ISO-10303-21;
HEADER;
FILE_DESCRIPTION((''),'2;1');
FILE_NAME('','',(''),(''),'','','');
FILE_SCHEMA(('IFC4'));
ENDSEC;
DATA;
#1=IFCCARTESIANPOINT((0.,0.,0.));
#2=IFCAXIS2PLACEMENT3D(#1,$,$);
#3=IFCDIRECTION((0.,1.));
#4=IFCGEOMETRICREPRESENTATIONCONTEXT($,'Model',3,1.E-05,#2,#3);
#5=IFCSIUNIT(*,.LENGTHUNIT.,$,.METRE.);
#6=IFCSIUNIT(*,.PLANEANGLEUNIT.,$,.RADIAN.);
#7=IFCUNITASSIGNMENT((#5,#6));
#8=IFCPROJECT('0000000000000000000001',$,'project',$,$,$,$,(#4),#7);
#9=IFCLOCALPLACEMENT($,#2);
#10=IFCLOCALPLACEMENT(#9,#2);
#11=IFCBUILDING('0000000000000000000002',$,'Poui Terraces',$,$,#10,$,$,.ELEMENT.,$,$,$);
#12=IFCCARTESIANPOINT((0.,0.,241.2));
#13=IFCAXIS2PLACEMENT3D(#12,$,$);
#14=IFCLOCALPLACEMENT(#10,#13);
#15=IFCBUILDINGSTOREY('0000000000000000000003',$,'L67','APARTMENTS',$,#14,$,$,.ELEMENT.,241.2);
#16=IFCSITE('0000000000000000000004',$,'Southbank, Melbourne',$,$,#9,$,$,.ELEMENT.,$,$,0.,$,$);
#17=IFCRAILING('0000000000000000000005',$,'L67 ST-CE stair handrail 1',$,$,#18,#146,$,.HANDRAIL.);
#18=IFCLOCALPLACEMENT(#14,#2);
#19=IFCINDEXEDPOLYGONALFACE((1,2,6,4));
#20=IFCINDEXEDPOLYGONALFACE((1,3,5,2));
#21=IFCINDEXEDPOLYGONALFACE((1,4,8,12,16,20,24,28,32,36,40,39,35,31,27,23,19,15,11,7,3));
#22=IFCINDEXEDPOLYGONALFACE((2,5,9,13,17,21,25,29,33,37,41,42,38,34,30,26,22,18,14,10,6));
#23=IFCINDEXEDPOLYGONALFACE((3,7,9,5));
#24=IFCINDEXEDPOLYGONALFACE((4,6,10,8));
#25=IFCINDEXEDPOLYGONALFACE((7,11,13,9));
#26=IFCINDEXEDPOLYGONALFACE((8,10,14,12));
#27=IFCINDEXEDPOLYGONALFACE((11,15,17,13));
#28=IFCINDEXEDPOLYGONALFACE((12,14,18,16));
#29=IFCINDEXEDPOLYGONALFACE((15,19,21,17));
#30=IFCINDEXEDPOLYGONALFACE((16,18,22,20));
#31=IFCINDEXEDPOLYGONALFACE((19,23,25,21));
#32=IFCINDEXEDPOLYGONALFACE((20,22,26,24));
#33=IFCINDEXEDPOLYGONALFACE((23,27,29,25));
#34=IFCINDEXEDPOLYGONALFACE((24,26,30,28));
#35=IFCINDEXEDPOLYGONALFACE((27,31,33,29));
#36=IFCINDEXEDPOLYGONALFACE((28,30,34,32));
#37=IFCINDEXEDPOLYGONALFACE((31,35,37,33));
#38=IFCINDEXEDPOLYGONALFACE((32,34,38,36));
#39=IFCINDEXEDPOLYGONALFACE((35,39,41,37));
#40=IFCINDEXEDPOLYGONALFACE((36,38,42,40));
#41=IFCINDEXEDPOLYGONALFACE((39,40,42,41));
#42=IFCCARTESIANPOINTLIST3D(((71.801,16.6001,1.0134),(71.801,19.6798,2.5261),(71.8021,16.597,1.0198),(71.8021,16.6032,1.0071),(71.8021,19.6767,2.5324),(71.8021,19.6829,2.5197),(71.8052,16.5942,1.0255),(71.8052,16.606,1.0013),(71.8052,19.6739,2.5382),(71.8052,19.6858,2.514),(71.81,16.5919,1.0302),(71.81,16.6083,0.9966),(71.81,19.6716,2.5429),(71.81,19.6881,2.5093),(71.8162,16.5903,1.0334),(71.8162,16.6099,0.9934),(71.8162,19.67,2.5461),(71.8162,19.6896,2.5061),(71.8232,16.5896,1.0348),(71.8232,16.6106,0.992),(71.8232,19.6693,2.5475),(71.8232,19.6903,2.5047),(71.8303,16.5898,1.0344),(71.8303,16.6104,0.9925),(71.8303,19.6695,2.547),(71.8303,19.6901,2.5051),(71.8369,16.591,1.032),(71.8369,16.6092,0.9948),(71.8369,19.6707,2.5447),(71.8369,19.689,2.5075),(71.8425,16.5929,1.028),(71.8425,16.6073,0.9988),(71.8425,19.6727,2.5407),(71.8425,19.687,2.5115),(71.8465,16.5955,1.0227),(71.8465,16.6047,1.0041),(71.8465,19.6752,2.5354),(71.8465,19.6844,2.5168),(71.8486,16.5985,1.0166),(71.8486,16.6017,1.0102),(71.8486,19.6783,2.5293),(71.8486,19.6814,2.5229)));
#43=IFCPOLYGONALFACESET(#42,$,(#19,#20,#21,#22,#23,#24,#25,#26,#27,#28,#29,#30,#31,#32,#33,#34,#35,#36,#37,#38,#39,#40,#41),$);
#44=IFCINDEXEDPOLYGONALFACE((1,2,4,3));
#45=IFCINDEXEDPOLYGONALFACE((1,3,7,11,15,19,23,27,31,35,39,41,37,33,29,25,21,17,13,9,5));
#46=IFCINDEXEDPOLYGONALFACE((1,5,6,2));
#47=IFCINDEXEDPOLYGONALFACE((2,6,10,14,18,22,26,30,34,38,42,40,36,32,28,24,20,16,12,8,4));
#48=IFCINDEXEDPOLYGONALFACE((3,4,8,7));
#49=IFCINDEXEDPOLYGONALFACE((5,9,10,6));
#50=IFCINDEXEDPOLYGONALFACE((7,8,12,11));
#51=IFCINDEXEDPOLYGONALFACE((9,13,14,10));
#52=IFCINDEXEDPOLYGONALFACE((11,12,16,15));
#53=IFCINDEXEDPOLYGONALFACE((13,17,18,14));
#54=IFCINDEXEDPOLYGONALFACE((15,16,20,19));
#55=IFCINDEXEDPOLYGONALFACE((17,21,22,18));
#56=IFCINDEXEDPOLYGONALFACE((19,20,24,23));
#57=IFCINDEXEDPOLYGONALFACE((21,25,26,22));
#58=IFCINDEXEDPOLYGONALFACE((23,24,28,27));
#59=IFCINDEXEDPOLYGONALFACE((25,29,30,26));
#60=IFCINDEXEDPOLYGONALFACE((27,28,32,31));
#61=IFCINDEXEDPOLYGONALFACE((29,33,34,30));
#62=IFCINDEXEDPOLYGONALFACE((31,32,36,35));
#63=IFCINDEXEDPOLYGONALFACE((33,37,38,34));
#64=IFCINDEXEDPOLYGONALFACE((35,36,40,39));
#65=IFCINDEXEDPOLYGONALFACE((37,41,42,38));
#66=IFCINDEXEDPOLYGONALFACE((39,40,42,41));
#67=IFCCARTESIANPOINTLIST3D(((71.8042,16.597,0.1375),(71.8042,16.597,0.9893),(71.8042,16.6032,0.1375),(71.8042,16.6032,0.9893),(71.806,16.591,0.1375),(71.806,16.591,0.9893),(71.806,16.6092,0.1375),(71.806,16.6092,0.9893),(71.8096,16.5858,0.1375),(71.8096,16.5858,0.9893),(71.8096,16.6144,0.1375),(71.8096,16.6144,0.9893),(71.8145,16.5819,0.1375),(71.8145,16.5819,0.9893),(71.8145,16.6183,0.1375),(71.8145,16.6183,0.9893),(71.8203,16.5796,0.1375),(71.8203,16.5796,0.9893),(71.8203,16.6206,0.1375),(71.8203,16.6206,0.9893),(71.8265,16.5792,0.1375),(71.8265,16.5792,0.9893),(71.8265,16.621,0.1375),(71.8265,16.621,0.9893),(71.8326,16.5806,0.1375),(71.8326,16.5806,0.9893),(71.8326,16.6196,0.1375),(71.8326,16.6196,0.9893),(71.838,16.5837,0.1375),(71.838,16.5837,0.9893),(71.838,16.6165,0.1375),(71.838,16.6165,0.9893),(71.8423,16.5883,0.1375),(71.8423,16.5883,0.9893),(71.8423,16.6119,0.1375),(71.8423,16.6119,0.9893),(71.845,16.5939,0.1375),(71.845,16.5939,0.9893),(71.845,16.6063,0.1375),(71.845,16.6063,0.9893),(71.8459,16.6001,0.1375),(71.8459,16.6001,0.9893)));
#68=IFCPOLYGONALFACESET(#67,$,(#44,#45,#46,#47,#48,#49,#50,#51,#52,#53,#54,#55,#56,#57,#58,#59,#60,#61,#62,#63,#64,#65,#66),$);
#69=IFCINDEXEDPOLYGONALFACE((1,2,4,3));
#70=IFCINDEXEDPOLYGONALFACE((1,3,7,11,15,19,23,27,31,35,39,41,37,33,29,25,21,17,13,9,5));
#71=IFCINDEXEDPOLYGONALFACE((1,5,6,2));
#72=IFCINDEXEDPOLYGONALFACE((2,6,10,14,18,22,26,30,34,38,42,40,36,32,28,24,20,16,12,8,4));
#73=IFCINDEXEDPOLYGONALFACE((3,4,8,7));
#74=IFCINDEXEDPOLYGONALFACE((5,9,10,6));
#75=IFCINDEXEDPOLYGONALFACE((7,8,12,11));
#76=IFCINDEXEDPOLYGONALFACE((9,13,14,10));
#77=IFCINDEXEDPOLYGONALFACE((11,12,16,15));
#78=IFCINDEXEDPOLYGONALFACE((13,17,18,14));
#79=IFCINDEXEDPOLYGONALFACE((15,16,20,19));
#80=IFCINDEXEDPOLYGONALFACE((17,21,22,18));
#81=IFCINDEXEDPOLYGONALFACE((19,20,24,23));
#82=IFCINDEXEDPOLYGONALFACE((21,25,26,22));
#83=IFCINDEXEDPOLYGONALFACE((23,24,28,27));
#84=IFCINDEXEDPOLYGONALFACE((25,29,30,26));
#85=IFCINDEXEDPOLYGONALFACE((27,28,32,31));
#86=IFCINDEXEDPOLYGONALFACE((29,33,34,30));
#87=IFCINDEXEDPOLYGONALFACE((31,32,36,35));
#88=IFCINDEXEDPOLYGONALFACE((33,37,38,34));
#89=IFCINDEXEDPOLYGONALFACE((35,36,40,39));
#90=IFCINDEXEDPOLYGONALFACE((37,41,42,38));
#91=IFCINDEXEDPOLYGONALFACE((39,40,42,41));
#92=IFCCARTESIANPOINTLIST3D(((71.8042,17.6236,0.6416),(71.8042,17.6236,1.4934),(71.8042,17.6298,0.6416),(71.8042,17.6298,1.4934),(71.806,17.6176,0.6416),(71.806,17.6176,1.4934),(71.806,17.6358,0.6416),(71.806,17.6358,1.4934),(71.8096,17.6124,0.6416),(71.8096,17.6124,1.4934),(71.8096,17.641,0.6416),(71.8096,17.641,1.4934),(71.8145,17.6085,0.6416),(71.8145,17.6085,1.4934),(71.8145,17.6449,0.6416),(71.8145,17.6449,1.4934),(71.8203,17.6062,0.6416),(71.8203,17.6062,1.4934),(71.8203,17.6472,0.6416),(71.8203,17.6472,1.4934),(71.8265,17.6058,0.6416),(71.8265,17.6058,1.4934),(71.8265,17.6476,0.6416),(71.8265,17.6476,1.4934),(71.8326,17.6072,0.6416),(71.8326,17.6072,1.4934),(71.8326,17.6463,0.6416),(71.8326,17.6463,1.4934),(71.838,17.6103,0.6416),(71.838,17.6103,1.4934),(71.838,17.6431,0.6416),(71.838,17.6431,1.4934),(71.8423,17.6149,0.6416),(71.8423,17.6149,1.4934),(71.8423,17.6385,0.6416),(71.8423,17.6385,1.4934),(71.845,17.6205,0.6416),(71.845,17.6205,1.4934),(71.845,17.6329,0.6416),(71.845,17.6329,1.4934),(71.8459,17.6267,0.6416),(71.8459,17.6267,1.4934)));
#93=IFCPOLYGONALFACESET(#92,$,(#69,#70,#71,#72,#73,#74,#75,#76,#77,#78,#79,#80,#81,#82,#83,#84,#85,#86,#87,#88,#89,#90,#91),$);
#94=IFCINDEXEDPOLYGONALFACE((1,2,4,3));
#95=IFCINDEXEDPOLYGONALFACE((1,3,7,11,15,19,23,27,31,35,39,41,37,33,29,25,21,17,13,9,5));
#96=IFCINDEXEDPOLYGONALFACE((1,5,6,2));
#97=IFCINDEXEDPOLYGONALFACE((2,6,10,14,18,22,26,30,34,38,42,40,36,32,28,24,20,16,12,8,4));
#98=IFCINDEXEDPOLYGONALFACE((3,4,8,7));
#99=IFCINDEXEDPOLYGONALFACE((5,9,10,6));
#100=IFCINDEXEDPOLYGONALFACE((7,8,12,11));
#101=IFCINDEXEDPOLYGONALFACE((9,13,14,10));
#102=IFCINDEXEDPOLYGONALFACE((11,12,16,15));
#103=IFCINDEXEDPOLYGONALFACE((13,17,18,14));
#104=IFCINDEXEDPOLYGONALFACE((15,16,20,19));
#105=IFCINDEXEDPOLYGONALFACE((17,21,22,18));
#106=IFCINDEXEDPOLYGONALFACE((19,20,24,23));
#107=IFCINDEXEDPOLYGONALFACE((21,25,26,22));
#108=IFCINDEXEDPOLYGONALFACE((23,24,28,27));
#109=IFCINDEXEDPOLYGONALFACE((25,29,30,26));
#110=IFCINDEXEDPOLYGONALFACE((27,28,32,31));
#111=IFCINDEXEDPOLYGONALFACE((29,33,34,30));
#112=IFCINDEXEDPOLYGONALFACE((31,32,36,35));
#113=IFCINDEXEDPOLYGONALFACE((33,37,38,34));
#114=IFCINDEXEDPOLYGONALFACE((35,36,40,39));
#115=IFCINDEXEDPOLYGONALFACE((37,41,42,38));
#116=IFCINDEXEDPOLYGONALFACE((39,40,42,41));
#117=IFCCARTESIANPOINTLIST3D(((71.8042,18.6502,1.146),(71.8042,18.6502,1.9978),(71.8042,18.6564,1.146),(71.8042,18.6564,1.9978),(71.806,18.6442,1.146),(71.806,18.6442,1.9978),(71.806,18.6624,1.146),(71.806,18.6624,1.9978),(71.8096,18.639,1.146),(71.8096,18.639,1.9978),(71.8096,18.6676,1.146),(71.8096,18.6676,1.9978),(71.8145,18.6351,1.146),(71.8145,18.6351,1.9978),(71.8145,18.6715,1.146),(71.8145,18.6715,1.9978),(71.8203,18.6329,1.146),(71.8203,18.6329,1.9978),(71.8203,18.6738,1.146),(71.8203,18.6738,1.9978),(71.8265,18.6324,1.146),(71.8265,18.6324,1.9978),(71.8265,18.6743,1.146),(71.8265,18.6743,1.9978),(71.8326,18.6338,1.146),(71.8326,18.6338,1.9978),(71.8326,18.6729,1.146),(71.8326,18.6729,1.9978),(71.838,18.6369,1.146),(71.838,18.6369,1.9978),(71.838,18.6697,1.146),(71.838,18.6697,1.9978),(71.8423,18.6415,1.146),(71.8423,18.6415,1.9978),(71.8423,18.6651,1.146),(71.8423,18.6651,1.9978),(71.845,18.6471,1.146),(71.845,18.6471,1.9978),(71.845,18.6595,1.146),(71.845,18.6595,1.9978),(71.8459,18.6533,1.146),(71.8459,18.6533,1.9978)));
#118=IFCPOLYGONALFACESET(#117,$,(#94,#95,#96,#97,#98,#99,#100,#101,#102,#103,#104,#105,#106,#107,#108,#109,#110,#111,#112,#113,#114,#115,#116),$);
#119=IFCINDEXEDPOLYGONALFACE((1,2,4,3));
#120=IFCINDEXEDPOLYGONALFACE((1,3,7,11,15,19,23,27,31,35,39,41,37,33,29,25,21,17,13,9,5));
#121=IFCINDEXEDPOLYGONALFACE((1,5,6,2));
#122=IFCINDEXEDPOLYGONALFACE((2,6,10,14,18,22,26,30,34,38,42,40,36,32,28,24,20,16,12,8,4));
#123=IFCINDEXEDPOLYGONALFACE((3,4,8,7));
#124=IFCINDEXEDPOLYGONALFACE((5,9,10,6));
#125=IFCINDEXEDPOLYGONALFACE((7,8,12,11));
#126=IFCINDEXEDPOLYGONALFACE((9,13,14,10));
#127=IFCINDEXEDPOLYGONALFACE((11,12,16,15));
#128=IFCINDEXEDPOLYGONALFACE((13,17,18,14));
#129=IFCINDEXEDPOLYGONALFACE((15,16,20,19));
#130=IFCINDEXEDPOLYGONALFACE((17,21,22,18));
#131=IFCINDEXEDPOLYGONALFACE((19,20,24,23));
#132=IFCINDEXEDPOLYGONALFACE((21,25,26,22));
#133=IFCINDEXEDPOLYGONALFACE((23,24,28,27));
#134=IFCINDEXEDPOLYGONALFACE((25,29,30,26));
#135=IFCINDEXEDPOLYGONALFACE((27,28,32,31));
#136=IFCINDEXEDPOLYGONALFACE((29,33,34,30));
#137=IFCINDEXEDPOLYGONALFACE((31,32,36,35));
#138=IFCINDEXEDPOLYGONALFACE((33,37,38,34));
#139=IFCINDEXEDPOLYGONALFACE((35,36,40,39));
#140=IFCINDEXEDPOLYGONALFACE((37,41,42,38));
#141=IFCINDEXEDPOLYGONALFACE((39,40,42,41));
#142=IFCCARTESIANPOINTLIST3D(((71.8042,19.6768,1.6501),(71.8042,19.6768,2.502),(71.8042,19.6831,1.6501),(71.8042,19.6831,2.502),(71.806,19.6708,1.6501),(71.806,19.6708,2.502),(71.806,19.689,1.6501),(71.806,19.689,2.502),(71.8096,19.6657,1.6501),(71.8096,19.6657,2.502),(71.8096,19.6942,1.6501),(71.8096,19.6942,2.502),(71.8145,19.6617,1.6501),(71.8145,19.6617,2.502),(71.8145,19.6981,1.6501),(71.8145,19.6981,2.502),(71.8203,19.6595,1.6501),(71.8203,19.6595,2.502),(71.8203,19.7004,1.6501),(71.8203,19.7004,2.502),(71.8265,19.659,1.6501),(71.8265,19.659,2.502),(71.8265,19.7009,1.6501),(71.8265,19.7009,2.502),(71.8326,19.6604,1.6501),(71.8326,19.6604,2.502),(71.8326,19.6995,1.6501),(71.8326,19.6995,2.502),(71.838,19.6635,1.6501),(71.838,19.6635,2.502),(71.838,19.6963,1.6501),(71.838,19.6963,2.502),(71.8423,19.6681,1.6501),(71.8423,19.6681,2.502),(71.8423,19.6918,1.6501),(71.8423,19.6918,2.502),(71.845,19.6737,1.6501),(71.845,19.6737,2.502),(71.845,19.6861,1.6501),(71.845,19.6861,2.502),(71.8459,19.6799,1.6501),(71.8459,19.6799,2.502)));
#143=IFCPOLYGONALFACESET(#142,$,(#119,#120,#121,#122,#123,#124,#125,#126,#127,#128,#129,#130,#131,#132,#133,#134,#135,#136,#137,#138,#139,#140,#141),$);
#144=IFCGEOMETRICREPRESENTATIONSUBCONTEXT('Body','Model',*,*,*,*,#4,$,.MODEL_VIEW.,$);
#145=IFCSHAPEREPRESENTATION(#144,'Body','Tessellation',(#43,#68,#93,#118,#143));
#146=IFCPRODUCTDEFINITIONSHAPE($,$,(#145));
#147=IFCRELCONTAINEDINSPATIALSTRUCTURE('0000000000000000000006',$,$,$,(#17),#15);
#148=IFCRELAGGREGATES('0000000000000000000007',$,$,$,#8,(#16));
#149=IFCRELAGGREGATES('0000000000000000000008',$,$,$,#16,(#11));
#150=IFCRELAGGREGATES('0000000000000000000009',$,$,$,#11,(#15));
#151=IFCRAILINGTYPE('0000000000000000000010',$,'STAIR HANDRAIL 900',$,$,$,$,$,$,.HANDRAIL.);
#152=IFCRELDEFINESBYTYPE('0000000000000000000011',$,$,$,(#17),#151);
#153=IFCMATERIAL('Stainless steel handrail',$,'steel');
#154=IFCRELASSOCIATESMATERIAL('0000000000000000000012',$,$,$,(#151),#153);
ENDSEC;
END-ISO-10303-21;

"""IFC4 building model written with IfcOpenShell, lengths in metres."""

from ifc_helpers import new_model, si_unit, direction, frame, origin, origin_2d, place, context, subcontext, project, spatial, circle, extrude, material, type_object, element, save


model = new_model("IFC4")

# Units and contexts
model_context = context("Model", 3, precision=1e-05, world=origin(), true_north=direction((0.0, 1.0)))
body_context = subcontext(model_context, "Body", "Model", "MODEL_VIEW")
ifc_project = project(units=[si_unit("LENGTHUNIT", "METRE"), si_unit("PLANEANGLEUNIT", "RADIAN")], contexts=[model_context])

# Site, building, storey
site_placement = place(None, origin())
site = spatial("IfcSite", under=ifc_project, at=site_placement, Name="Southbank, Melbourne", CompositionType="ELEMENT", RefElevation=0.0)
building_placement = place(site_placement, origin())
building = spatial("IfcBuilding", under=site, at=building_placement, Name="Poui Terraces", CompositionType="ELEMENT")
storey_placement = place(building_placement, frame((0.0, 0.0, 241.2)))
storey = spatial("IfcBuildingStorey", under=building, at=storey_placement, Name="L67", Description="APARTMENTS", CompositionType="ELEMENT", Elevation=241.2)

# Railing
ifc_material_1 = material(Name="Stainless steel handrail", Category="steel")
railing_type_1 = type_object("IfcRailingType", Name="STAIR HANDRAIL 900", PredefinedType="HANDRAIL", material=ifc_material_1)
railing_1_placement = place(storey_placement, frame((71.825, 16.6001, 0.1375)))
element("IfcRailing", 1, at=railing_1_placement, inside=storey, type_object=railing_type_1, Name="L67 ST-CE stair handrail 1", PredefinedType="HANDRAIL", context=body_context, shape_type="SweptSolid", body=[
    extrude(circle(Radius=0.0239, at=origin_2d()), frame((0.0, 0.0, 0.876), z_axis=(0.0, 0.897578, 0.440856), x_axis=(-1.0, 0.0, 0.0)), (0.0, 0.0, 1.0), 3.4312),
    extrude(circle(Radius=0.021, at=origin_2d()), origin(), (0.0, 0.0, 1.0), 0.8518),
    extrude(circle(Radius=0.021, at=origin_2d()), frame((0.0, 1.0266, 0.5042)), (0.0, 0.0, 1.0), 0.8518),
    extrude(circle(Radius=0.021, at=origin_2d()), frame((0.0, 2.0532, 1.0085)), (0.0, 0.0, 1.0), 0.8518),
    extrude(circle(Radius=0.021, at=origin_2d()), frame((0.0, 3.0798, 1.5127)), (0.0, 0.0, 1.0), 0.8518),
])

save(model, "model.ifc")
